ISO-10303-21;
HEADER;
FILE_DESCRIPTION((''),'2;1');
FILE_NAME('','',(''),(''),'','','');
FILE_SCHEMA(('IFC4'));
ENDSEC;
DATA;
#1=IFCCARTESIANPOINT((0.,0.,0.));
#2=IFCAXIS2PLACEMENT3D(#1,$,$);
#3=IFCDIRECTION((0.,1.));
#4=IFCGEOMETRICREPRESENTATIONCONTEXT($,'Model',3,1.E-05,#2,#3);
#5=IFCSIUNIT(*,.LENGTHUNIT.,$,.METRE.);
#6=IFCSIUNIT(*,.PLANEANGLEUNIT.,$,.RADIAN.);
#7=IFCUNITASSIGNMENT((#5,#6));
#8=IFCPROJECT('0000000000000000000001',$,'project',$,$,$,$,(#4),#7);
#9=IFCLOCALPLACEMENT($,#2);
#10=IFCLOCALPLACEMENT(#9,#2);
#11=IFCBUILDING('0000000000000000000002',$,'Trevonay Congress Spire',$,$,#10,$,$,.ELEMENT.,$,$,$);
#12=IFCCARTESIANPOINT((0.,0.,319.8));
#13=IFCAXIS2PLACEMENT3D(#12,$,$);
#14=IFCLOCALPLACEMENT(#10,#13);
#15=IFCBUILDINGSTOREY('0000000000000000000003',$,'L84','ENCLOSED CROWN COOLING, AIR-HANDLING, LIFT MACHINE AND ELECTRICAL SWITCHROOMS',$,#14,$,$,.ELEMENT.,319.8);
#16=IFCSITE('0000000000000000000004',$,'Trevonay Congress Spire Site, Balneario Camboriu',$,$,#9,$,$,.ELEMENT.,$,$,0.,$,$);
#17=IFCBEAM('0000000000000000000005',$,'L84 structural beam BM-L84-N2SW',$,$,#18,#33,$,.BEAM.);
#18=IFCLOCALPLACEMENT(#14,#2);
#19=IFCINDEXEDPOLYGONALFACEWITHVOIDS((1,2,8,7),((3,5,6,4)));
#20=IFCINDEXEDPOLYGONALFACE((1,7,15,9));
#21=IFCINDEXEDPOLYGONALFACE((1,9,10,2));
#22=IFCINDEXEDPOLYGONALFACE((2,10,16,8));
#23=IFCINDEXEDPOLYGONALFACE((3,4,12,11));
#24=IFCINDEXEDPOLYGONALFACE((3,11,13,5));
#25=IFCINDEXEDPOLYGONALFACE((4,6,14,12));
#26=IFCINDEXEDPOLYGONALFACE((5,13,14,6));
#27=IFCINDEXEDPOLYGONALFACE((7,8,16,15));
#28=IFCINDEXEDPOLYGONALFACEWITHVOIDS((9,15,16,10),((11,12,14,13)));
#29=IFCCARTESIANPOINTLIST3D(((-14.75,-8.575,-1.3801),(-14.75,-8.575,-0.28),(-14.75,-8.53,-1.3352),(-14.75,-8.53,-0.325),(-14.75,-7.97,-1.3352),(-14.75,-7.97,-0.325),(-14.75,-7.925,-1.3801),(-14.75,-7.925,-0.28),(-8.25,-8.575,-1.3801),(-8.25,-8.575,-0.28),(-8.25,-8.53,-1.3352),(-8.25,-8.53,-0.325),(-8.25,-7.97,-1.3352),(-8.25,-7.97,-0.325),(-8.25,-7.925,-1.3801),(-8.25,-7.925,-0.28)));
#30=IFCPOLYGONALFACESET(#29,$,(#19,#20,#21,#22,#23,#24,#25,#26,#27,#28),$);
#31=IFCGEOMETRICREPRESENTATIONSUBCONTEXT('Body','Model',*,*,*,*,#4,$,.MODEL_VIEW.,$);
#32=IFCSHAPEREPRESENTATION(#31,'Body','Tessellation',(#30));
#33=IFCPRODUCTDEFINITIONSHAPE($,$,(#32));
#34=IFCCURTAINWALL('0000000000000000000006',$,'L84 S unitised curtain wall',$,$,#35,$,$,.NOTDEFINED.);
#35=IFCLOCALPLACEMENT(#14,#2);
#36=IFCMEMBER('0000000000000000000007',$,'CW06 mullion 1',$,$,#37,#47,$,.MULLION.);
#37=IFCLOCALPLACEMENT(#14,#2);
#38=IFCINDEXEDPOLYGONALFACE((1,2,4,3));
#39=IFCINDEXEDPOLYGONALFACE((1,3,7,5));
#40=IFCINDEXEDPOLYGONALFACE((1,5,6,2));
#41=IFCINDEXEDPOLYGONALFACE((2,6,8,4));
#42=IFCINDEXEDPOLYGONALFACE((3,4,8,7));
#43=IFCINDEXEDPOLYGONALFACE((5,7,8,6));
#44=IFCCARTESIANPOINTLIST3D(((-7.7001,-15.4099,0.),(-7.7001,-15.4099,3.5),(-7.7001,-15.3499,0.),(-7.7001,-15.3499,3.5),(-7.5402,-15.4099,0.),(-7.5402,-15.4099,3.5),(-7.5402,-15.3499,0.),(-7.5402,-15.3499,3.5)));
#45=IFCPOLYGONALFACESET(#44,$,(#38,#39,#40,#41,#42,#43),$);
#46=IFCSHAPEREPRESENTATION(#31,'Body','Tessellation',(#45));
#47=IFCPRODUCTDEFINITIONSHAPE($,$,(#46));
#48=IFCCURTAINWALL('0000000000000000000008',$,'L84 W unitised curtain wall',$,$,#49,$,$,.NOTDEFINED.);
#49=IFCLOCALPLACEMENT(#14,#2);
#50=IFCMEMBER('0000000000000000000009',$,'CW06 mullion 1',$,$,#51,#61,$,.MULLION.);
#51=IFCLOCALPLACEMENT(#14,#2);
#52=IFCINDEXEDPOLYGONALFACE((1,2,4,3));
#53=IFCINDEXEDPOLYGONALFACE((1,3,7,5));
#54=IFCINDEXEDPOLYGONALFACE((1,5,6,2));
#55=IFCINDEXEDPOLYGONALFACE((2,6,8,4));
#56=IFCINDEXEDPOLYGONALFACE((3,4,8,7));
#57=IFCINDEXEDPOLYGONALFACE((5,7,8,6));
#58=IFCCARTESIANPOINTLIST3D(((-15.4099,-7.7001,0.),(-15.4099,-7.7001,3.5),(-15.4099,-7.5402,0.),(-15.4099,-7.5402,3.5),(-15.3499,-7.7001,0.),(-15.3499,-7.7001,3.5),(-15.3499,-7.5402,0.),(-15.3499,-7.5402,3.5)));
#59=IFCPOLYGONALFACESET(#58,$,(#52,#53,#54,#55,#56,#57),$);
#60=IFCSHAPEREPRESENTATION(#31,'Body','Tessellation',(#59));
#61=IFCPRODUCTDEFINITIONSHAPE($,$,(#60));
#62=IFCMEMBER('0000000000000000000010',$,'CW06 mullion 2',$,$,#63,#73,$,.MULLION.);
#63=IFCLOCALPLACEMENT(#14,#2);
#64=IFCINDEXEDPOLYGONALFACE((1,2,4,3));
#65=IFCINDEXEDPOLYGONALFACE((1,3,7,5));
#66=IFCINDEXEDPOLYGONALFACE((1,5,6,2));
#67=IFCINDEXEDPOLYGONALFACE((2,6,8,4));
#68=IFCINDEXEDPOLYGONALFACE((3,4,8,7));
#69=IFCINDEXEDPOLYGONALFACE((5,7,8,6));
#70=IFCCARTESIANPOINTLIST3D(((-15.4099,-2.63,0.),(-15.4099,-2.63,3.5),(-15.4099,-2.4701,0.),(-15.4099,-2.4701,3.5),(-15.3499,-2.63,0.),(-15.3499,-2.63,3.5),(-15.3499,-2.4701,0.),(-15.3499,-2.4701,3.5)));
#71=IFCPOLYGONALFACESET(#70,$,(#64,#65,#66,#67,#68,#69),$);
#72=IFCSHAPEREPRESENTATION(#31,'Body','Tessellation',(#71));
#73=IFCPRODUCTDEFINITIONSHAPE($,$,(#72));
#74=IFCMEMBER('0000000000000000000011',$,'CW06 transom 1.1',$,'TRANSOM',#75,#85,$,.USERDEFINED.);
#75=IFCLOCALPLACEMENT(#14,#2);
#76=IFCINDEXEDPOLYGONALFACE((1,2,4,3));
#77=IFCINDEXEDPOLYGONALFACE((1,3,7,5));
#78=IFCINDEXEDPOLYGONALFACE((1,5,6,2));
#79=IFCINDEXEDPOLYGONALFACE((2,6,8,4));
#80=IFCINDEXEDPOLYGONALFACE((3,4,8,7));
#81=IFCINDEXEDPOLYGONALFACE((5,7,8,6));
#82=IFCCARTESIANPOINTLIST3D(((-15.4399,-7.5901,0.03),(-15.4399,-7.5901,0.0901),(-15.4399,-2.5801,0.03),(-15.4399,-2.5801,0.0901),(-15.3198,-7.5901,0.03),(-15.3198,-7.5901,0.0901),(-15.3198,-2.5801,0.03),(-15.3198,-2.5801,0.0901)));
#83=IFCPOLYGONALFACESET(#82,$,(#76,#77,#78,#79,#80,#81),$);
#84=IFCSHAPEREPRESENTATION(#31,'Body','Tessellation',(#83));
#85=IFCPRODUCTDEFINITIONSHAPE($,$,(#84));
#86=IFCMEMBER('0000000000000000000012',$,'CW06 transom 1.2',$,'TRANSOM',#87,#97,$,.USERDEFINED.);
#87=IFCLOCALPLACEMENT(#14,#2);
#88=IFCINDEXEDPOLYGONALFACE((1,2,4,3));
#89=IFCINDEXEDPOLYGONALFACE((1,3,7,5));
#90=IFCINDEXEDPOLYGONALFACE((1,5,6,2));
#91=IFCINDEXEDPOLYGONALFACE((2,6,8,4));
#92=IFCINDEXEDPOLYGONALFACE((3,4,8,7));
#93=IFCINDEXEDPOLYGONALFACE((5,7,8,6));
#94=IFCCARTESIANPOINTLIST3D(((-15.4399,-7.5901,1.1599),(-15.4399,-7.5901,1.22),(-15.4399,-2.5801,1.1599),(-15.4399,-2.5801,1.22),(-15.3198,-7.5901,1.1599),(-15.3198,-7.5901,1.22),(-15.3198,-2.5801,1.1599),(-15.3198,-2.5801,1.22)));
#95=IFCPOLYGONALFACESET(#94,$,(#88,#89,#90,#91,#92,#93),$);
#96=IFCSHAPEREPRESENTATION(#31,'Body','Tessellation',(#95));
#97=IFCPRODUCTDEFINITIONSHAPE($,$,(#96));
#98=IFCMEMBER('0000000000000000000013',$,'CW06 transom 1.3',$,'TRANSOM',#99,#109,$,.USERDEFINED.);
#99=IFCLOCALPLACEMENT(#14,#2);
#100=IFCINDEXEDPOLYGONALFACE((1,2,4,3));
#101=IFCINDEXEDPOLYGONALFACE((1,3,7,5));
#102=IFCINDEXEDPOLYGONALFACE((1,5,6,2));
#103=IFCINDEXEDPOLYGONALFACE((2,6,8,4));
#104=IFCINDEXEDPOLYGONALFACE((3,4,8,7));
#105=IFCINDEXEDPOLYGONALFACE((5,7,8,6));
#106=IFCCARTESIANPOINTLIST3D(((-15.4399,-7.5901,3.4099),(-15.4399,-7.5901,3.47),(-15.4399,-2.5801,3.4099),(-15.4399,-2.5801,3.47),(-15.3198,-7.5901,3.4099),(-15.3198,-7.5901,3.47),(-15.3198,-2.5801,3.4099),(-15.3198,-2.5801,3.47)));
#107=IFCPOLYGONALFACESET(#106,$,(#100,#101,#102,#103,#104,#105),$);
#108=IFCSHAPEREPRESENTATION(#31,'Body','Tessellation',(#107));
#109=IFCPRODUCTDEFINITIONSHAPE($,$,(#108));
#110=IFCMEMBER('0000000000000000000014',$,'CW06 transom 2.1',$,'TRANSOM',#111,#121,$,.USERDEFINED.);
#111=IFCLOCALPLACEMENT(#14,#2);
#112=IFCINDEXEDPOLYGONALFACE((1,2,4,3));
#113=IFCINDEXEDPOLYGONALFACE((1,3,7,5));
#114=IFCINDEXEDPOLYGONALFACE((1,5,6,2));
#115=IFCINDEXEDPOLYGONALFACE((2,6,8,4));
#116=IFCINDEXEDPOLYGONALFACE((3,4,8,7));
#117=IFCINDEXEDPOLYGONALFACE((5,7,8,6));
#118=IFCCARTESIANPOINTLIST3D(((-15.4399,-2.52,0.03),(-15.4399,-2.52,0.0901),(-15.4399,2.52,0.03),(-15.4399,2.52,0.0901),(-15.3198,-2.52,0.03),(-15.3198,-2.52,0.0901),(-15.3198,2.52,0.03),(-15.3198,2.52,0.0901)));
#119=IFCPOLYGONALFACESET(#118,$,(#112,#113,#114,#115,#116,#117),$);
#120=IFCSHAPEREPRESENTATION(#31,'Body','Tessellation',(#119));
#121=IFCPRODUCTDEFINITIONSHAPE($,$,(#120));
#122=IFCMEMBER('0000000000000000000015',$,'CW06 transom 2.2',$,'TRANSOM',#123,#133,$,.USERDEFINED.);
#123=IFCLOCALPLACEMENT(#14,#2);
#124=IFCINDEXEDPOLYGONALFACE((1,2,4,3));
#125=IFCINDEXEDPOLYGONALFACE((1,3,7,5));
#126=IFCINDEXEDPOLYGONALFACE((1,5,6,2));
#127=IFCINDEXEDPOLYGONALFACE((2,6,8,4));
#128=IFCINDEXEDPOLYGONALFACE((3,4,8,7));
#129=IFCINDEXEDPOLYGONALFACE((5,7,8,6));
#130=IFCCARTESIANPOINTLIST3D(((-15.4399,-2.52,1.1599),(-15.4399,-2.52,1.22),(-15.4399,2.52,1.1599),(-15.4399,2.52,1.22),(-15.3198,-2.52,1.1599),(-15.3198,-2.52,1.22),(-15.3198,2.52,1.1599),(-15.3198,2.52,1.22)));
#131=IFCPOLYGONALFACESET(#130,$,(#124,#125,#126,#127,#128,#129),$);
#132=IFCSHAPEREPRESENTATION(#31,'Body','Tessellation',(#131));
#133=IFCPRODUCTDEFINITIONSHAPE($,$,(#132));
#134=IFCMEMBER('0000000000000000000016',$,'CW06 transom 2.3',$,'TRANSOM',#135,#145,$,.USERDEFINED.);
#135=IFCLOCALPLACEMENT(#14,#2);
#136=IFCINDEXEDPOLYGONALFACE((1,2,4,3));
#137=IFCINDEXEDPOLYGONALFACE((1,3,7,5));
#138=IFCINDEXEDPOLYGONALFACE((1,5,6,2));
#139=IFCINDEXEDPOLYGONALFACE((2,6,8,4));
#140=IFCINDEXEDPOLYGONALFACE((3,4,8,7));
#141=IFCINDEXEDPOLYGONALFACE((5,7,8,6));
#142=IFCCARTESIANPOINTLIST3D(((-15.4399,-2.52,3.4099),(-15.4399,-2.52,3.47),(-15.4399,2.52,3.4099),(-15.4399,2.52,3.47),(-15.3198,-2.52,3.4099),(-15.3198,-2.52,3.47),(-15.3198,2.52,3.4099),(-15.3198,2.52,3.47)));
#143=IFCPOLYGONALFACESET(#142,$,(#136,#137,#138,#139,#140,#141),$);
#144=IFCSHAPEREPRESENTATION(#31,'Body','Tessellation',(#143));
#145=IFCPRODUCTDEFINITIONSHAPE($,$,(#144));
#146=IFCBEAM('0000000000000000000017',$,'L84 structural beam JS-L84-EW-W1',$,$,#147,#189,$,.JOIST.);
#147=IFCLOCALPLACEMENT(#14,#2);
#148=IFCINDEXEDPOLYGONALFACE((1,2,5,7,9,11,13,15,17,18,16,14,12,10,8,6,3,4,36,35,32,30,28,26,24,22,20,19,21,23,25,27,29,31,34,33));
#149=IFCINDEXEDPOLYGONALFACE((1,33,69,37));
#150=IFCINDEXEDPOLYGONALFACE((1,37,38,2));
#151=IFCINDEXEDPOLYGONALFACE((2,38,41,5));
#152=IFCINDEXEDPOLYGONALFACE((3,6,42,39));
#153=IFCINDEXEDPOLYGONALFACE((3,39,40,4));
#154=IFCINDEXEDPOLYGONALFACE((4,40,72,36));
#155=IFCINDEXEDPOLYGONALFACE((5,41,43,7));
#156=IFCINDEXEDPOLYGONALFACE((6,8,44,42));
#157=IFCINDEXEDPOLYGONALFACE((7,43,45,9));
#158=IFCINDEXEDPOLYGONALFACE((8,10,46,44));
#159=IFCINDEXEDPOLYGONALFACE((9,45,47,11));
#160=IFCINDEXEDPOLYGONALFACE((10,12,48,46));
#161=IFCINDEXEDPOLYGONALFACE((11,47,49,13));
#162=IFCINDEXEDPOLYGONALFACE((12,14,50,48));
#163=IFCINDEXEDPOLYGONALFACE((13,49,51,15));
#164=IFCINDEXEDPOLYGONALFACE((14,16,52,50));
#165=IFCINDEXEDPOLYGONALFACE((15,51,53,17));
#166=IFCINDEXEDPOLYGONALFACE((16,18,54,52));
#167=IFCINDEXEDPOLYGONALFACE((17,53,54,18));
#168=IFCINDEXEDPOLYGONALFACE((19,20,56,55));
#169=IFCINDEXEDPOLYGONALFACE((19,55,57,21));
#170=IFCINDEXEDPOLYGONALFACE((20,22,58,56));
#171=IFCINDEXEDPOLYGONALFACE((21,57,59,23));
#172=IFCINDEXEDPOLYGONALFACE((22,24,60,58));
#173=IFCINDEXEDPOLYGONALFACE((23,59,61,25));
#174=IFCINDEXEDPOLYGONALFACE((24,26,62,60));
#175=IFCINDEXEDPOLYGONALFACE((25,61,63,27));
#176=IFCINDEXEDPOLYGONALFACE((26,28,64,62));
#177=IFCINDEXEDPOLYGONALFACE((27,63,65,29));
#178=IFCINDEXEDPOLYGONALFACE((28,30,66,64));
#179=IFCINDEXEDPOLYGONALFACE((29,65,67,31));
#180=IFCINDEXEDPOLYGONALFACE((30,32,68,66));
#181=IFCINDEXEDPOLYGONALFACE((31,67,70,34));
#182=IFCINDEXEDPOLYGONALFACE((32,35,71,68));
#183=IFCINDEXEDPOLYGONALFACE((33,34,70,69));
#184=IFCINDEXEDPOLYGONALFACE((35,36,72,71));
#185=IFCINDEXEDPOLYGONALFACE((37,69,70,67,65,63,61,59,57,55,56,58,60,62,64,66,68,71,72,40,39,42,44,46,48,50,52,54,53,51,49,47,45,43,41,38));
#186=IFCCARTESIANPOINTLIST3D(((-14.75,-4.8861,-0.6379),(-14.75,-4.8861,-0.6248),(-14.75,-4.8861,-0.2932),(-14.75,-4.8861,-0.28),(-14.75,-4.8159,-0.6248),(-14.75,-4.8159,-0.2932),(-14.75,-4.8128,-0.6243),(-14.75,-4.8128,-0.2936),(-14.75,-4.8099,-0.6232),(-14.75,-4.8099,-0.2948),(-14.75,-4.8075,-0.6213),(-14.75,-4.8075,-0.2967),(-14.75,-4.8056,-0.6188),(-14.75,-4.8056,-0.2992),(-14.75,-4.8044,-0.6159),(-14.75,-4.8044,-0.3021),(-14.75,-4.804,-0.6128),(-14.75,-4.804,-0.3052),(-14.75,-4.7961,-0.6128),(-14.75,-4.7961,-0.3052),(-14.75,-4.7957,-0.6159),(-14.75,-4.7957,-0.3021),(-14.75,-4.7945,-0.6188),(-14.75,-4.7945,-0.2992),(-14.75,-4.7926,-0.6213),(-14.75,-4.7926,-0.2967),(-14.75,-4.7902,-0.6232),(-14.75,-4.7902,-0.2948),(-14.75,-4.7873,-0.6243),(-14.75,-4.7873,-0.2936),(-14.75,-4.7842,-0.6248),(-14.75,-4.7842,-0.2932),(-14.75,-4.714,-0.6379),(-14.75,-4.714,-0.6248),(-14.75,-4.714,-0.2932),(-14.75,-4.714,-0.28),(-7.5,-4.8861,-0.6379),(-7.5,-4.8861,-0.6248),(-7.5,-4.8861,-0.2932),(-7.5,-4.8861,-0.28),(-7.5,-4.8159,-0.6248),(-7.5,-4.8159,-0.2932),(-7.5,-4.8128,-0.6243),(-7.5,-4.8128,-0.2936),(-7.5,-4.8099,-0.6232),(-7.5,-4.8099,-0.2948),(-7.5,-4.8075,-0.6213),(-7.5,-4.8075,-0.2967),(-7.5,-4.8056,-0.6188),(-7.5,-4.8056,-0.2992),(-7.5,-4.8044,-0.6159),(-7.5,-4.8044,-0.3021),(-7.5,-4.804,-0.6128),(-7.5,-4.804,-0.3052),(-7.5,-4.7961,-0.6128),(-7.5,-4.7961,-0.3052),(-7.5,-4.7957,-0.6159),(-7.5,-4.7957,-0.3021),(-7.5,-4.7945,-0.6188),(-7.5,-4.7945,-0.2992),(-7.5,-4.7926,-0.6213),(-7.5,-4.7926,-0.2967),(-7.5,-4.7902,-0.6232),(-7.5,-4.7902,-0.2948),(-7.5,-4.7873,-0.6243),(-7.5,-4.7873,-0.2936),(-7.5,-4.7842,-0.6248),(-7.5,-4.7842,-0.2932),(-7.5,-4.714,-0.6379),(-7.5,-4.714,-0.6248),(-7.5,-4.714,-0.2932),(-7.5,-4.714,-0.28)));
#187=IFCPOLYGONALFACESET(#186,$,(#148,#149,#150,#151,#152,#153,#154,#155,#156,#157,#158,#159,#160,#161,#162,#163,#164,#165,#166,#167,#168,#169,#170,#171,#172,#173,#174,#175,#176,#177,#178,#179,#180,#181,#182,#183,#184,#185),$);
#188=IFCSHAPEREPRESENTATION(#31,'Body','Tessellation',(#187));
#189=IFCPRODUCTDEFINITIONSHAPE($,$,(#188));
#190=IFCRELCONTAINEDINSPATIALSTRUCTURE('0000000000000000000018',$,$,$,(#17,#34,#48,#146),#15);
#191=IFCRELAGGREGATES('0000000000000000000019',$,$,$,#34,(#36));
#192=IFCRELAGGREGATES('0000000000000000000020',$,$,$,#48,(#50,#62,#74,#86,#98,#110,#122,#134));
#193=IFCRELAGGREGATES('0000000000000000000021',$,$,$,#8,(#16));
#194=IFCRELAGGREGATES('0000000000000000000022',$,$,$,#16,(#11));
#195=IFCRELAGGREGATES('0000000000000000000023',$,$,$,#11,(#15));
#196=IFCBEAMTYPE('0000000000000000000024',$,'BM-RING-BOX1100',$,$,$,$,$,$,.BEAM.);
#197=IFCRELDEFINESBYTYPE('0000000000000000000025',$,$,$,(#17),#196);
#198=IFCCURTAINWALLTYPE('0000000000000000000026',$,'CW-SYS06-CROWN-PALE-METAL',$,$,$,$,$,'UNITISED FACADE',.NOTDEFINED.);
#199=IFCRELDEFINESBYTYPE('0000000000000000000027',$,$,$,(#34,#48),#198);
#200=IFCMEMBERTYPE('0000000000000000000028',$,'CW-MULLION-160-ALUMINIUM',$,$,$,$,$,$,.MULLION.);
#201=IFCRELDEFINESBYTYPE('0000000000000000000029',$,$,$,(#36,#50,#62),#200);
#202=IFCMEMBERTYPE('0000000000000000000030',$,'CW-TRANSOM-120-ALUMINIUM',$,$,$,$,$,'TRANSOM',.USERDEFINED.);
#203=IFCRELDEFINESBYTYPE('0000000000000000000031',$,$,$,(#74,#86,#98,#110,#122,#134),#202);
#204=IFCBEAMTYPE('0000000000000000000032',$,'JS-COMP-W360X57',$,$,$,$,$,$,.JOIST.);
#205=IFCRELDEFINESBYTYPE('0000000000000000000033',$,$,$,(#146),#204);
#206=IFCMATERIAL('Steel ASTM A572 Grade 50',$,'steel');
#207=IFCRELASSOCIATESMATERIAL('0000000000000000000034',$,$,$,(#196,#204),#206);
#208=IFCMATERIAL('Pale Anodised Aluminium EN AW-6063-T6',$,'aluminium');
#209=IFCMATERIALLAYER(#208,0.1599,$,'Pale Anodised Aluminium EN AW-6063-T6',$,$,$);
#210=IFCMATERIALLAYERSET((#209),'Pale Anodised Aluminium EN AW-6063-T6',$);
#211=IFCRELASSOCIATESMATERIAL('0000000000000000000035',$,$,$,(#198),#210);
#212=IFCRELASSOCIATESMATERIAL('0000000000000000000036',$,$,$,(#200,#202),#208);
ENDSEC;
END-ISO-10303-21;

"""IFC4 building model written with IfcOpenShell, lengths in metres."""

from ifc_helpers import new_model, si_unit, direction, frame, origin, origin_2d, place, context, subcontext, project, spatial, rectangle, hollow_rectangle, i_section, extrude, material, layer, layer_set, material_profile, profile_set, type_object, element, aggregate, save


model = new_model("IFC4")

# Units and contexts
model_context = context("Model", 3, precision=1e-05, world=origin(), true_north=direction((0.0, 1.0)))
body_context = subcontext(model_context, "Body", "Model", "MODEL_VIEW")
ifc_project = project(units=[si_unit("LENGTHUNIT", "METRE"), si_unit("PLANEANGLEUNIT", "RADIAN")], contexts=[model_context])

# Site, building, storey
site_placement = place(None, origin())
site = spatial("IfcSite", under=ifc_project, at=site_placement, Name="Trevonay Congress Spire Site, Balneario Camboriu", CompositionType="ELEMENT", RefElevation=0.0)
building_placement = place(site_placement, origin())
building = spatial("IfcBuilding", under=site, at=building_placement, Name="Trevonay Congress Spire", CompositionType="ELEMENT")
storey_placement = place(building_placement, frame((0.0, 0.0, 319.8)))
storey = spatial("IfcBuildingStorey", under=building, at=storey_placement, Name="L84", Description="ENCLOSED CROWN COOLING, AIR-HANDLING, LIFT MACHINE AND ELECTRICAL SWITCHROOMS", CompositionType="ELEMENT", Elevation=319.8)

# Shared definitions
ifc_material_1 = material(Name="Steel ASTM A572 Grade 50", Category="steel")

# Beam
ifc_material_profile_1 = material_profile(ifc_material_1, hollow_rectangle(XDim=0.6499, YDim=1.1001, WallThickness=0.0449, at=origin_2d()), Name="BOX 1100x650x45")
ifc_profile_set_1 = profile_set([ifc_material_profile_1], Name="Steel ASTM A572 Grade 50")
beam_type_1 = type_object("IfcBeamType", Name="BM-RING-BOX1100", PredefinedType="BEAM", material=ifc_profile_set_1)
for number, where, z_axis, x_axis, name in (
    (1, (-14.75, -8.25, -0.8301), (1.0, 0.0, 0.0), (0.0, 1.0, 0.0), "L84 structural beam BM-L84-N2SW"),
):
    element("IfcBeam", number, at=place(storey_placement, frame(where, z_axis=z_axis, x_axis=x_axis)), inside=storey, type_object=beam_type_1, Name=name, PredefinedType="BEAM", context=body_context, shape_type="SweptSolid", body=[
        extrude(hollow_rectangle(XDim=0.6499, YDim=1.1001, WallThickness=0.0449, at=origin_2d()), origin(), (0.0, 0.0, 1.0), 6.5),
    ])

# Curtain wall, member
ifc_material_2 = material(Name="Pale Anodised Aluminium EN AW-6063-T6", Category="aluminium")
ifc_layer_1 = layer(ifc_material_2, 0.1599, Name="Pale Anodised Aluminium EN AW-6063-T6")
ifc_layer_set_1 = layer_set([ifc_layer_1], Name="Pale Anodised Aluminium EN AW-6063-T6")
curtain_wall_type = type_object("IfcCurtainWallType", Name="CW-SYS06-CROWN-PALE-METAL", ElementType="UNITISED FACADE", PredefinedType="NOTDEFINED", material=ifc_layer_set_1)
curtain_wall_1_placement = place(storey_placement, origin())
curtain_wall_1 = element("IfcCurtainWall", 2, at=curtain_wall_1_placement, inside=storey, type_object=curtain_wall_type, Name="L84 S unitised curtain wall", PredefinedType="NOTDEFINED")
ifc_material_profile_2 = material_profile(ifc_material_2, rectangle(XDim=0.0601, YDim=0.1599, at=origin_2d()), Name="CW-MULLION-160-ALUMINIUM")
ifc_profile_set_2 = profile_set([ifc_material_profile_2], Name="Pale Anodised Aluminium EN AW-6063-T6")
member_type_1 = type_object("IfcMemberType", Name="CW-MULLION-160-ALUMINIUM", PredefinedType="MULLION", material=ifc_profile_set_2)
member_1_placement = place(storey_placement, frame((-7.6201, -15.3799, 0.0), z_axis=(0.0, 0.0, 1.0), x_axis=(0.0, 1.0, 0.0)))
member_1 = element("IfcMember", 3, at=member_1_placement, type_object=member_type_1, Name="CW06 mullion 1", PredefinedType="MULLION", context=body_context, shape_type="SweptSolid", body=[
    extrude(rectangle(XDim=0.0601, YDim=0.1599, at=origin_2d()), origin(), (0.0, 0.0, 1.0), 3.5),
])
aggregate(curtain_wall_1, [member_1])

# Curtain wall, members
curtain_wall_2_placement = place(storey_placement, origin())
curtain_wall_2 = element("IfcCurtainWall", 4, at=curtain_wall_2_placement, inside=storey, type_object=curtain_wall_type, Name="L84 W unitised curtain wall", PredefinedType="NOTDEFINED")
member_2_placement = place(storey_placement, frame((-15.3799, -7.6201, 0.0), z_axis=(0.0, 0.0, 1.0), x_axis=(-1.0, 0.0, 0.0)))
member_2 = element("IfcMember", 5, at=member_2_placement, type_object=member_type_1, Name="CW06 mullion 1", PredefinedType="MULLION", context=body_context, shape_type="SweptSolid", body=[
    extrude(rectangle(XDim=0.0601, YDim=0.1599, at=origin_2d()), origin(), (0.0, 0.0, 1.0), 3.5),
])
member_3_placement = place(storey_placement, frame((-15.3799, -2.55, 0.0), z_axis=(0.0, 0.0, 1.0), x_axis=(-1.0, 0.0, 0.0)))
member_3 = element("IfcMember", 6, at=member_3_placement, type_object=member_type_1, Name="CW06 mullion 2", PredefinedType="MULLION", context=body_context, shape_type="SweptSolid", body=[
    extrude(rectangle(XDim=0.0601, YDim=0.1599, at=origin_2d()), origin(), (0.0, 0.0, 1.0), 3.5),
])
ifc_material_profile_3 = material_profile(ifc_material_2, rectangle(XDim=0.1201, YDim=0.0601, at=origin_2d()), Name="CW-TRANSOM-120-ALUMINIUM")
ifc_profile_set_3 = profile_set([ifc_material_profile_3], Name="Pale Anodised Aluminium EN AW-6063-T6")
member_type_2 = type_object("IfcMemberType", Name="CW-TRANSOM-120-ALUMINIUM", ElementType="TRANSOM", PredefinedType="USERDEFINED", material=ifc_profile_set_3)
member_4_placement = place(storey_placement, frame((-15.3799, -7.5901, 0.0601), z_axis=(0.0, 1.0, 0.0), x_axis=(-1.0, 0.0, 0.0)))
member_4 = element("IfcMember", 7, at=member_4_placement, type_object=member_type_2, Name="CW06 transom 1.1", ObjectType="TRANSOM", PredefinedType="USERDEFINED", context=body_context, shape_type="SweptSolid", body=[
    extrude(rectangle(XDim=0.1201, YDim=0.0601, at=origin_2d()), origin(), (0.0, 0.0, 1.0), 5.01),
])
member_5_placement = place(storey_placement, frame((-15.3799, -7.5901, 1.1899), z_axis=(0.0, 1.0, 0.0), x_axis=(-1.0, 0.0, 0.0)))
member_5 = element("IfcMember", 8, at=member_5_placement, type_object=member_type_2, Name="CW06 transom 1.2", ObjectType="TRANSOM", PredefinedType="USERDEFINED", context=body_context, shape_type="SweptSolid", body=[
    extrude(rectangle(XDim=0.1201, YDim=0.0601, at=origin_2d()), origin(), (0.0, 0.0, 1.0), 5.01),
])
member_6_placement = place(storey_placement, frame((-15.3799, -7.5901, 3.4399), z_axis=(0.0, 1.0, 0.0), x_axis=(-1.0, 0.0, 0.0)))
member_6 = element("IfcMember", 9, at=member_6_placement, type_object=member_type_2, Name="CW06 transom 1.3", ObjectType="TRANSOM", PredefinedType="USERDEFINED", context=body_context, shape_type="SweptSolid", body=[
    extrude(rectangle(XDim=0.1201, YDim=0.0601, at=origin_2d()), origin(), (0.0, 0.0, 1.0), 5.01),
])
member_7_placement = place(storey_placement, frame((-15.3799, -2.52, 0.0601), z_axis=(0.0, 1.0, 0.0), x_axis=(-1.0, 0.0, 0.0)))
member_7 = element("IfcMember", 10, at=member_7_placement, type_object=member_type_2, Name="CW06 transom 2.1", ObjectType="TRANSOM", PredefinedType="USERDEFINED", context=body_context, shape_type="SweptSolid", body=[
    extrude(rectangle(XDim=0.1201, YDim=0.0601, at=origin_2d()), origin(), (0.0, 0.0, 1.0), 5.04),
])
member_8_placement = place(storey_placement, frame((-15.3799, -2.52, 1.1899), z_axis=(0.0, 1.0, 0.0), x_axis=(-1.0, 0.0, 0.0)))
member_8 = element("IfcMember", 11, at=member_8_placement, type_object=member_type_2, Name="CW06 transom 2.2", ObjectType="TRANSOM", PredefinedType="USERDEFINED", context=body_context, shape_type="SweptSolid", body=[
    extrude(rectangle(XDim=0.1201, YDim=0.0601, at=origin_2d()), origin(), (0.0, 0.0, 1.0), 5.04),
])
member_9_placement = place(storey_placement, frame((-15.3799, -2.52, 3.4399), z_axis=(0.0, 1.0, 0.0), x_axis=(-1.0, 0.0, 0.0)))
member_9 = element("IfcMember", 12, at=member_9_placement, type_object=member_type_2, Name="CW06 transom 2.3", ObjectType="TRANSOM", PredefinedType="USERDEFINED", context=body_context, shape_type="SweptSolid", body=[
    extrude(rectangle(XDim=0.1201, YDim=0.0601, at=origin_2d()), origin(), (0.0, 0.0, 1.0), 5.04),
])

# Beam
ifc_material_profile_4 = material_profile(ifc_material_1, i_section(OverallWidth=0.1721, OverallDepth=0.3579, WebThickness=0.0078, FlangeThickness=0.0132, FilletRadius=0.012, at=origin_2d()), Name="W360x57.8")
ifc_profile_set_4 = profile_set([ifc_material_profile_4], Name="Steel ASTM A572 Grade 50")
beam_type_2 = type_object("IfcBeamType", Name="JS-COMP-W360X57", PredefinedType="JOIST", material=ifc_profile_set_4)
beam_1_placement = place(storey_placement, frame((-14.75, -4.8, -0.459), z_axis=(1.0, 0.0, 0.0), x_axis=(0.0, 1.0, 0.0)))
element("IfcBeam", 13, at=beam_1_placement, inside=storey, type_object=beam_type_2, Name="L84 structural beam JS-L84-EW-W1", PredefinedType="JOIST", context=body_context, shape_type="SweptSolid", body=[
    extrude(i_section(OverallWidth=0.1721, OverallDepth=0.3579, WebThickness=0.0078, FlangeThickness=0.0132, FilletRadius=0.012, at=origin_2d()), origin(), (0.0, 0.0, 1.0), 7.25),
])

aggregate(curtain_wall_2, [member_2, member_3, member_4, member_5, member_6, member_7, member_8, member_9])

save(model, "model.ifc")
